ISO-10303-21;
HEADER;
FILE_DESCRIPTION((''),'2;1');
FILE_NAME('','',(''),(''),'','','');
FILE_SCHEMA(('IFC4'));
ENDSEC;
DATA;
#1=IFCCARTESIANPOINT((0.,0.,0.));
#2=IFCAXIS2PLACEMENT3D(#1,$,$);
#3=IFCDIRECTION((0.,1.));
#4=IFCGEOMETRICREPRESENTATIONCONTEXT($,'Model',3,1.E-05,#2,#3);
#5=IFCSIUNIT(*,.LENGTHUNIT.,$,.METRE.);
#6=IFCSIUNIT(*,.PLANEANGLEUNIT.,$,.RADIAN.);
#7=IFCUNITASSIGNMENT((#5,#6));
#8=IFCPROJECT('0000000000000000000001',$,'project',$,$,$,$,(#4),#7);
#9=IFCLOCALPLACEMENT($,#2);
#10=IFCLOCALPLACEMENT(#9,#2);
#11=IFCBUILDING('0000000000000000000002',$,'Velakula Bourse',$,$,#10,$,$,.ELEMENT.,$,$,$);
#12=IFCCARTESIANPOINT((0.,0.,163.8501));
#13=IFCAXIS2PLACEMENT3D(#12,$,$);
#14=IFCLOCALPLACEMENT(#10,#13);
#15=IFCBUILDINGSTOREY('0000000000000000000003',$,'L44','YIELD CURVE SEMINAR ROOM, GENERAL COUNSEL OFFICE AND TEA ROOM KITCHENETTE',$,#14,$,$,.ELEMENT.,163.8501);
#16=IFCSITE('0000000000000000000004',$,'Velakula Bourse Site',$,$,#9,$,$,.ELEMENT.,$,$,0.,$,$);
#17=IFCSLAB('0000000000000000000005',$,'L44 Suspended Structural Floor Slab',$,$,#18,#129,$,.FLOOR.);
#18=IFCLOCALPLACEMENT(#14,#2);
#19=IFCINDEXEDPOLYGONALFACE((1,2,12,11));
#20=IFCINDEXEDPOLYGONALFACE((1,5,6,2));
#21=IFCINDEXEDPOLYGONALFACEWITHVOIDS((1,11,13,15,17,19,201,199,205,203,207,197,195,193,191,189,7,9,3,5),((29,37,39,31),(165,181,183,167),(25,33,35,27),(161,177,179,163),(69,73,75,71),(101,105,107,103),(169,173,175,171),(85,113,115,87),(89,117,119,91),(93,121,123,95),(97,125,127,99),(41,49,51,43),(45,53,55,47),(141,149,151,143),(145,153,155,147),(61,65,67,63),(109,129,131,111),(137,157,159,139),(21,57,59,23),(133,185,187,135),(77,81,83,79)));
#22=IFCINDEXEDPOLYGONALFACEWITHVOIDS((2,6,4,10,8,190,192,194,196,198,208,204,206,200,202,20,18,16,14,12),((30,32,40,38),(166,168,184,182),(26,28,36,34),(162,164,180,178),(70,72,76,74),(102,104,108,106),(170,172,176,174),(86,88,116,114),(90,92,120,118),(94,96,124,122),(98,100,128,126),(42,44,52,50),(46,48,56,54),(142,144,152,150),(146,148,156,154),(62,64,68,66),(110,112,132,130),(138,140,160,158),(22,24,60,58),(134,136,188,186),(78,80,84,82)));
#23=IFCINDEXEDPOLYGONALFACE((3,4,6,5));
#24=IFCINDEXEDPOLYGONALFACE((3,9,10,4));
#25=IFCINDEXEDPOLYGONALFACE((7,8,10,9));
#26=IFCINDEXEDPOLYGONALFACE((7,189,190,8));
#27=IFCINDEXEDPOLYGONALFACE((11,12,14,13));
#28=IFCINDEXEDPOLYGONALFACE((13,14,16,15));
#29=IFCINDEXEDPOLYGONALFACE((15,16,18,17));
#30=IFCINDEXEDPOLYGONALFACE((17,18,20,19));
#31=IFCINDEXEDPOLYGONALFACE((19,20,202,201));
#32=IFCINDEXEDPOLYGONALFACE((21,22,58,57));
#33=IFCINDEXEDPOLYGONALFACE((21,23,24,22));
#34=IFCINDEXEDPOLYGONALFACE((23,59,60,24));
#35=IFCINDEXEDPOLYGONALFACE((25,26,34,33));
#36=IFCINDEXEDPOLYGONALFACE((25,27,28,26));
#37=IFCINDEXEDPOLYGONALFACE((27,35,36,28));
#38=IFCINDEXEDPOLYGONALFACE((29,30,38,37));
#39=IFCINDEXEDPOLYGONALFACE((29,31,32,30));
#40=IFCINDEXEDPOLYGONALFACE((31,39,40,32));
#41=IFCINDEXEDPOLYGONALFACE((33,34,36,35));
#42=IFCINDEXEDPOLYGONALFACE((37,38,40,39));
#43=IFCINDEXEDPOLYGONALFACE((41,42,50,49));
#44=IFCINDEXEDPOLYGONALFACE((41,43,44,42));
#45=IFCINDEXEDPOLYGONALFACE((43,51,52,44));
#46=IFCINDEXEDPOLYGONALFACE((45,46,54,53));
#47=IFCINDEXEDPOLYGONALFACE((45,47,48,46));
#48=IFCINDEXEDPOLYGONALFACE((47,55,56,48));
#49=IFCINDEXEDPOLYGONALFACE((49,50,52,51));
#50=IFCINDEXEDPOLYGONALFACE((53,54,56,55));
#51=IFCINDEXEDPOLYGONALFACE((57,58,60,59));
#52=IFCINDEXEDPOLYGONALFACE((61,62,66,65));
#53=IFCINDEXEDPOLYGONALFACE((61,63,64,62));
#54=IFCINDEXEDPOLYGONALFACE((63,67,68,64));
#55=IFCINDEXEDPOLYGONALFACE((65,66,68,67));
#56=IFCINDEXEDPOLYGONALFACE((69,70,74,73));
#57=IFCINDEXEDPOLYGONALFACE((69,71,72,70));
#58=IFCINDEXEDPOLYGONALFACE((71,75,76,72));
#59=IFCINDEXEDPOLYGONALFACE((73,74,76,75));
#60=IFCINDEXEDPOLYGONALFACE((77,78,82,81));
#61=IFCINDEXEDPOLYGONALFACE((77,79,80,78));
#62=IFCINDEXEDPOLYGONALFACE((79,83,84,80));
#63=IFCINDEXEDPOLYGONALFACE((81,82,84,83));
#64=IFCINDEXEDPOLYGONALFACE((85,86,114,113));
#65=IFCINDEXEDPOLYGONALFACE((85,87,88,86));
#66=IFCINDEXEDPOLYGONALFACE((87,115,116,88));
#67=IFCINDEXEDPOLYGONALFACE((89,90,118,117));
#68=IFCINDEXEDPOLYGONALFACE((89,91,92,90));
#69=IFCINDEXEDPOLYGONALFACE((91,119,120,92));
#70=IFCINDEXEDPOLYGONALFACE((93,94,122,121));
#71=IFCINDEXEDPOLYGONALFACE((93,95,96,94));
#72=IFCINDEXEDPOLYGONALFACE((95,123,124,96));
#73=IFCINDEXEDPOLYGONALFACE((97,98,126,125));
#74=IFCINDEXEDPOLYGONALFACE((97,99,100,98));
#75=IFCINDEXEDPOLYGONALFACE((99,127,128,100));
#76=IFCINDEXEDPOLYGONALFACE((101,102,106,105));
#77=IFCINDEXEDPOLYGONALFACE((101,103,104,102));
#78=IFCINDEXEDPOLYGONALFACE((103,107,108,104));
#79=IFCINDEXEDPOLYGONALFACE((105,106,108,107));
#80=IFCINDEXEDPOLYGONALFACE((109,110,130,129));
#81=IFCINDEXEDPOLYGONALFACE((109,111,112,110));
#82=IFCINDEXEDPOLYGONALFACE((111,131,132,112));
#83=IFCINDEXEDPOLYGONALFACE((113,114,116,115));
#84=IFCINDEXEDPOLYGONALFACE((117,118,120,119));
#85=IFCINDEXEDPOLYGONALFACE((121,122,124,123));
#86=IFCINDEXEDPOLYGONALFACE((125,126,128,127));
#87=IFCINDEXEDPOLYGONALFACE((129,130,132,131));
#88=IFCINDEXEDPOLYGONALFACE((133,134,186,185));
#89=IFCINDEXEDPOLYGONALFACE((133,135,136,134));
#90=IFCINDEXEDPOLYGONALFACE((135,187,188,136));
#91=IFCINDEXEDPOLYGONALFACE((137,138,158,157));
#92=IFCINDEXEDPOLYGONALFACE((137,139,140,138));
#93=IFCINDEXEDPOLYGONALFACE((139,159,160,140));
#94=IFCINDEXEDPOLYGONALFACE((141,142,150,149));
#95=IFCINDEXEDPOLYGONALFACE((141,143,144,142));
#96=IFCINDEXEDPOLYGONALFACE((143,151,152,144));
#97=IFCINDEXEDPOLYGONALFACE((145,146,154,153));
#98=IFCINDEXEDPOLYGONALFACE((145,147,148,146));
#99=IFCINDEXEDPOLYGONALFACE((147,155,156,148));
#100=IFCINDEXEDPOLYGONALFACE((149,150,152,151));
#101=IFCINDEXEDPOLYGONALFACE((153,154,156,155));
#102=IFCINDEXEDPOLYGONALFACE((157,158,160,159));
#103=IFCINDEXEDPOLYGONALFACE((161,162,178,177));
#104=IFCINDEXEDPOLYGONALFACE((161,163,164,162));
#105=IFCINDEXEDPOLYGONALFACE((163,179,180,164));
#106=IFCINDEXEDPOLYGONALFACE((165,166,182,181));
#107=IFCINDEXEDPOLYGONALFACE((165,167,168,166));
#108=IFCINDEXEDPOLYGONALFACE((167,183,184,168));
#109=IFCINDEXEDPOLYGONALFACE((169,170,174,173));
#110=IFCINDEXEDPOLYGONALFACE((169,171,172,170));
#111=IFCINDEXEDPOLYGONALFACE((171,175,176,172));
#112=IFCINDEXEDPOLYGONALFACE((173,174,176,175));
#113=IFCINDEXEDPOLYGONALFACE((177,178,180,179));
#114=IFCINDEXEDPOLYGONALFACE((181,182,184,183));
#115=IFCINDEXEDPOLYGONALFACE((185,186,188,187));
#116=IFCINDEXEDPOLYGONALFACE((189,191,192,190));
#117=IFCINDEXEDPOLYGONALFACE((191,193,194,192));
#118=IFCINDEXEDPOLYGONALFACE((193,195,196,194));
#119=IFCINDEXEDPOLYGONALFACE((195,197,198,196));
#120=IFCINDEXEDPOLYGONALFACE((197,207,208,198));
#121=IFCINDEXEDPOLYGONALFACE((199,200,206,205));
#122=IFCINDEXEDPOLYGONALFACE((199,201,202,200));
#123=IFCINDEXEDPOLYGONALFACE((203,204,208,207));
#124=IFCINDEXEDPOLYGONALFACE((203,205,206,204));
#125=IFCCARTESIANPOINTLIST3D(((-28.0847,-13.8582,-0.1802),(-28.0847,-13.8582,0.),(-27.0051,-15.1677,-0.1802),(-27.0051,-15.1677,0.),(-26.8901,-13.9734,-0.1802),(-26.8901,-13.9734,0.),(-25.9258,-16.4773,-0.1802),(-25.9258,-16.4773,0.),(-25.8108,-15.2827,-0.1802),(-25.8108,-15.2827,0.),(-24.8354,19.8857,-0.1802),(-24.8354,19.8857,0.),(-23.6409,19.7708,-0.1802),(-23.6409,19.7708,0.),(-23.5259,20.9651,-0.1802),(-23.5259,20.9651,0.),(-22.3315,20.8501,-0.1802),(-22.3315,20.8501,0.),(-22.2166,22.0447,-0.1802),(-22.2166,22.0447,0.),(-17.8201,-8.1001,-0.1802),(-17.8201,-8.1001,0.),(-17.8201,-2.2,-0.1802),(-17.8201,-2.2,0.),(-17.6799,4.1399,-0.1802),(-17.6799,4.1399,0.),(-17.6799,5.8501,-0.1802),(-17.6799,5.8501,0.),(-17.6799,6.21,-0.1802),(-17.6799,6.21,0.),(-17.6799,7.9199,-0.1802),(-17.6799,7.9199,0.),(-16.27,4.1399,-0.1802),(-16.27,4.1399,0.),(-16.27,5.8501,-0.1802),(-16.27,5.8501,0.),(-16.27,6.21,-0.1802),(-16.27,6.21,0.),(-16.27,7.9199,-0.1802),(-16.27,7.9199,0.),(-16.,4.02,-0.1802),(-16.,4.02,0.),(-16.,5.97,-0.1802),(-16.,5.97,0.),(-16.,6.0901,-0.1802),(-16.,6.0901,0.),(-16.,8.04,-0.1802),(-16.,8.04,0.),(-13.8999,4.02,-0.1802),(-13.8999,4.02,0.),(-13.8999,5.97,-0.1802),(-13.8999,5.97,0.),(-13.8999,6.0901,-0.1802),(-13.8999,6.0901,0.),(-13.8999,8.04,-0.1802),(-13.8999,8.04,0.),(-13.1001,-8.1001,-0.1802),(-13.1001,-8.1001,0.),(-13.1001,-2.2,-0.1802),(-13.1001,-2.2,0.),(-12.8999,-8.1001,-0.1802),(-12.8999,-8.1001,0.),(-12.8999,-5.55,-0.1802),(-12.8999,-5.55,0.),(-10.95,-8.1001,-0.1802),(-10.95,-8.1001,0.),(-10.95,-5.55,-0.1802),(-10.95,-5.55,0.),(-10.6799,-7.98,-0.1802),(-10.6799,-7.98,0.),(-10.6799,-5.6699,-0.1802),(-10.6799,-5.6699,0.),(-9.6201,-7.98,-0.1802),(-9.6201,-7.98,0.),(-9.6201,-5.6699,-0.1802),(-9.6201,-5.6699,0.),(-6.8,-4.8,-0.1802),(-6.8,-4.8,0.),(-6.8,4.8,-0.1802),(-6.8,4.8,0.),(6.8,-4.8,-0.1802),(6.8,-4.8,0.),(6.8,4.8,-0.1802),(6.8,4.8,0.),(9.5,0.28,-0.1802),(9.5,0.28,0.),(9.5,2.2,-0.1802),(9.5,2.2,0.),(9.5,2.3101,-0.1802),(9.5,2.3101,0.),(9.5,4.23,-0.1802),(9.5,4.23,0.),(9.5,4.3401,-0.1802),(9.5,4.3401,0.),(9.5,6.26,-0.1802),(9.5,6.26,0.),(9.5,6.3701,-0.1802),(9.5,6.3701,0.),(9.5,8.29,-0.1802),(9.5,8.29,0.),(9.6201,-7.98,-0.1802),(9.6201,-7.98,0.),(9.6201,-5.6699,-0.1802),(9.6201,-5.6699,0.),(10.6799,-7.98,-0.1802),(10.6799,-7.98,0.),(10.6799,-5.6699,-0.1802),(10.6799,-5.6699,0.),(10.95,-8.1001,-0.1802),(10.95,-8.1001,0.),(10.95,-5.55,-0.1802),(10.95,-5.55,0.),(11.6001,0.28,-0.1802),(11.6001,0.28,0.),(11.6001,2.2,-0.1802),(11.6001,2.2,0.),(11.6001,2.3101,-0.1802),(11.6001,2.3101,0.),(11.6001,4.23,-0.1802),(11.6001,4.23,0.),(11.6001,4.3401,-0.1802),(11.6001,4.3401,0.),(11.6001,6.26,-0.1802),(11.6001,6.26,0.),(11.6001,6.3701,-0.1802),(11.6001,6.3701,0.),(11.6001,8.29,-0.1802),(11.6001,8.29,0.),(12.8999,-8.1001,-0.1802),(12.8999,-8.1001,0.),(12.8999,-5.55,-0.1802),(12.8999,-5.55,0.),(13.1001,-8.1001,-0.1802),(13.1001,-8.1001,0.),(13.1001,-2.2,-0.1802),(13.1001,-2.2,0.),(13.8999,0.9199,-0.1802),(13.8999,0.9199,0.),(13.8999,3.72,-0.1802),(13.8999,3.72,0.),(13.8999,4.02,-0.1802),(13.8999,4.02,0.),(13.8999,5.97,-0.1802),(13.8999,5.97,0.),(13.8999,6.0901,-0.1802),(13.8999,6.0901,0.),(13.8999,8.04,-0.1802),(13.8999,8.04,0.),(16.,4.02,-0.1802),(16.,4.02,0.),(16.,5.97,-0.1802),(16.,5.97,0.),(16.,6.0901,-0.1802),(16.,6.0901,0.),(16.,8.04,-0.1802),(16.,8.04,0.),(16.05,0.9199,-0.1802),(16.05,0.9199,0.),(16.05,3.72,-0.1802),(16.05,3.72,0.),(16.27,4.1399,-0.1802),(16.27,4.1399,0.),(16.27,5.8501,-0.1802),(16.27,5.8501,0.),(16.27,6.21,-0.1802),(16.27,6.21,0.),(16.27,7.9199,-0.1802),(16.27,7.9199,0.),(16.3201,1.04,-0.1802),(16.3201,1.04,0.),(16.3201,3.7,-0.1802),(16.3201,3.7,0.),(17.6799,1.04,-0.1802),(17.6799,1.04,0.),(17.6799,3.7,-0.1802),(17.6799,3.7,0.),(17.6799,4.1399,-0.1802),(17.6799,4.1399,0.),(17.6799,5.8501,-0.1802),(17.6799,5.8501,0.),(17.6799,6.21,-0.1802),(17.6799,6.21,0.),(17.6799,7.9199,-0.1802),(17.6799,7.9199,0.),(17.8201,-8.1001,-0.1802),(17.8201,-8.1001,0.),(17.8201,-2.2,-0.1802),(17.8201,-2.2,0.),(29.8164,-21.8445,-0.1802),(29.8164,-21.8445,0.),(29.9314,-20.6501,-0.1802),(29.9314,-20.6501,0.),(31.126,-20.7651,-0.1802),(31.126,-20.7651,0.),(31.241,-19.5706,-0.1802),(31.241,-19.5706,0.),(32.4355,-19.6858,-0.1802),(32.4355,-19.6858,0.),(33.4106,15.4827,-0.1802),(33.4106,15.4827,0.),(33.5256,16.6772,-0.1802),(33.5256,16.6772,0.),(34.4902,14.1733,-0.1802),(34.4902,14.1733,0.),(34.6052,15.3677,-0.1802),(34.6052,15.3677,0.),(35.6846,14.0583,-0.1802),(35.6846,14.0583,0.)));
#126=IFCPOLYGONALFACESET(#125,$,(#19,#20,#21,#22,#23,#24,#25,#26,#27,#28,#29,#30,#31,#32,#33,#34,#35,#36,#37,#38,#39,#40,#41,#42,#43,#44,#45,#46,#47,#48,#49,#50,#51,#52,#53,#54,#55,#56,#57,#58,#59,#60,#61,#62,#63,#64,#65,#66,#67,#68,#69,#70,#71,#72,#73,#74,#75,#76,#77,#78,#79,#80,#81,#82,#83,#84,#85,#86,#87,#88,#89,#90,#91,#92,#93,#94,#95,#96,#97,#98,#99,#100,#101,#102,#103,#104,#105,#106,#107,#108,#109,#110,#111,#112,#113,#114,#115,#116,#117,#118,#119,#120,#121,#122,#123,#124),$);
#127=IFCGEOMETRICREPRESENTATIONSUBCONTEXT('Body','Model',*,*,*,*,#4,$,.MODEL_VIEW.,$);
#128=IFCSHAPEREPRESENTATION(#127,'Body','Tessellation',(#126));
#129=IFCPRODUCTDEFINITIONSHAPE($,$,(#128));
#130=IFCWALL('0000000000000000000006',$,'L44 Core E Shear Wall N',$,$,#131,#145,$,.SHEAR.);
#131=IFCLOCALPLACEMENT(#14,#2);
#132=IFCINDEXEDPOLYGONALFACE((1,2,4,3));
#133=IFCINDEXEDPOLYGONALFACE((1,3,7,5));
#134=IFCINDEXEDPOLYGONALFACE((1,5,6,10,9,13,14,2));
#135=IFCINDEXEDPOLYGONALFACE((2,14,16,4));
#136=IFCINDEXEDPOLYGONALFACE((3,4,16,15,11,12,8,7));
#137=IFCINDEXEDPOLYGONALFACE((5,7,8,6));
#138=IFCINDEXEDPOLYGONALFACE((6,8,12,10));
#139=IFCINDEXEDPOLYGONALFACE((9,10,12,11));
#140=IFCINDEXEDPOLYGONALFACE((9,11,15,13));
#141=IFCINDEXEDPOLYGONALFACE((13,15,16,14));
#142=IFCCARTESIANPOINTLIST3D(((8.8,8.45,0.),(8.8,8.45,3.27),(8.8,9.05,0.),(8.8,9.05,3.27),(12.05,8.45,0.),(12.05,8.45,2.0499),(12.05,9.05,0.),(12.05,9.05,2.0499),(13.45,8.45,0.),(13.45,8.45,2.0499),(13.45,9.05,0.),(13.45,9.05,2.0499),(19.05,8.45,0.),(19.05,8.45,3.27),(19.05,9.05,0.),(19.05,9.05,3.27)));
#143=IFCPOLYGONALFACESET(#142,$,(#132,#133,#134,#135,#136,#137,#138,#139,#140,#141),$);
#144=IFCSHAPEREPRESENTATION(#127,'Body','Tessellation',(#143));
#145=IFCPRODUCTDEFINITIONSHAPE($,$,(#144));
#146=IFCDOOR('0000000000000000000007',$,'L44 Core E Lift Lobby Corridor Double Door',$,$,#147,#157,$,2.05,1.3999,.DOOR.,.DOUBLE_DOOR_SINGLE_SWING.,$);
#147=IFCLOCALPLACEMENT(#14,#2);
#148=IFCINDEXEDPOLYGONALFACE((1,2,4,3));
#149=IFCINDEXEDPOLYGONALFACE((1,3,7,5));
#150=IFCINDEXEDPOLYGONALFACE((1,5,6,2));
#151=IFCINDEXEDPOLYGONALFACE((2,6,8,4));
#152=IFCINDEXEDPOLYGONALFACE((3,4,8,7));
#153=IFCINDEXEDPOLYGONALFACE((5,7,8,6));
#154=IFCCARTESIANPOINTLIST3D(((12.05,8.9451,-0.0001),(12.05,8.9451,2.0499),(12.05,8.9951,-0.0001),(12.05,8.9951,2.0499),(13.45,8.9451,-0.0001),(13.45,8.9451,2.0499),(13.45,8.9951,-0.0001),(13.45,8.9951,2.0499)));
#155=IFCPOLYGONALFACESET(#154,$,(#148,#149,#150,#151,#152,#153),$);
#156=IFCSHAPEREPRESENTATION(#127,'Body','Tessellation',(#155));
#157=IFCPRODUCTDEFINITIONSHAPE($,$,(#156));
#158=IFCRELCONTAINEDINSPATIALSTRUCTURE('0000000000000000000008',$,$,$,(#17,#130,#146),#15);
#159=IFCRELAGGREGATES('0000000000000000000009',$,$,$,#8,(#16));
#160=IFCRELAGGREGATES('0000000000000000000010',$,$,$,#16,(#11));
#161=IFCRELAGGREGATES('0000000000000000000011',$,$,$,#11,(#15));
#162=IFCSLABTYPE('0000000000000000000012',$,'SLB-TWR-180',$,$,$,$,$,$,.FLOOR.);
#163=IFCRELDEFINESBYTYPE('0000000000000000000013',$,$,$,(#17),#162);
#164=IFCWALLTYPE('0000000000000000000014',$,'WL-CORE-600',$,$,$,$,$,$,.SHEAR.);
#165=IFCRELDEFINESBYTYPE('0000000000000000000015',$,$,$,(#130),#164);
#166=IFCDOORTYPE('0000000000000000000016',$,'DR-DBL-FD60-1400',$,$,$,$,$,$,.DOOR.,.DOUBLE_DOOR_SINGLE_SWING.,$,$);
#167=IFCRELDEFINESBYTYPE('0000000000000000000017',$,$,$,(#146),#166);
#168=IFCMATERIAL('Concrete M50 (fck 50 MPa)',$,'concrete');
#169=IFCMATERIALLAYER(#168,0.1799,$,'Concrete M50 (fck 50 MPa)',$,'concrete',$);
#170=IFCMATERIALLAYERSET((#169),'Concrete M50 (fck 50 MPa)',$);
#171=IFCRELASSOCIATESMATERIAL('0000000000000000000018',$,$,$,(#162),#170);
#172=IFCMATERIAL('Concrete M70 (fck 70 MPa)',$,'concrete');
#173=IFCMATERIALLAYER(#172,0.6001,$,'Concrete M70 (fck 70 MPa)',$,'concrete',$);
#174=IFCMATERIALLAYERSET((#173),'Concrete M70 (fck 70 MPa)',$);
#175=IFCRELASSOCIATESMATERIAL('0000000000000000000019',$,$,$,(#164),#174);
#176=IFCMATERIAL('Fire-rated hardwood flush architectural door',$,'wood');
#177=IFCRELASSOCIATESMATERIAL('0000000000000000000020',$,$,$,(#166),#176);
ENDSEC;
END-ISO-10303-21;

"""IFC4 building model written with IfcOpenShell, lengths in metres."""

from ifc_helpers import new_model, si_unit, direction, frame, frame_2d, origin, place, context, subcontext, project, spatial, polyline, rectangle, outline, extrude, material, layer, layer_set, type_object, element, fill, save


model = new_model("IFC4")

# Units and contexts
model_context = context("Model", 3, precision=1e-05, world=origin(), true_north=direction((0.0, 1.0)))
body_context = subcontext(model_context, "Body", "Model", "MODEL_VIEW")
ifc_project = project(units=[si_unit("LENGTHUNIT", "METRE"), si_unit("PLANEANGLEUNIT", "RADIAN")], contexts=[model_context])

# Site, building, storey
site_placement = place(None, origin())
site = spatial("IfcSite", under=ifc_project, at=site_placement, Name="Velakula Bourse Site", CompositionType="ELEMENT", RefElevation=0.0)
building_placement = place(site_placement, origin())
building = spatial("IfcBuilding", under=site, at=building_placement, Name="Velakula Bourse", CompositionType="ELEMENT")
storey_placement = place(building_placement, frame((0.0, 0.0, 163.8501)))
storey = spatial("IfcBuildingStorey", under=building, at=storey_placement, Name="L44", Description="YIELD CURVE SEMINAR ROOM, GENERAL COUNSEL OFFICE AND TEA ROOM KITCHENETTE", CompositionType="ELEMENT", Elevation=163.8501)

# Shared definitions
ifc_material_1 = material(Name="Concrete M70 (fck 70 MPa)", Category="concrete")

# Slab
ifc_material_2 = material(Name="Concrete M50 (fck 50 MPa)", Category="concrete")
ifc_layer_1 = layer(ifc_material_2, 0.1799, Name="Concrete M50 (fck 50 MPa)", Category="concrete")
ifc_layer_set_1 = layer_set([ifc_layer_1], Name="Concrete M50 (fck 50 MPa)")
slab_type_1 = type_object("IfcSlabType", Name="SLB-TWR-180", PredefinedType="FLOOR", material=ifc_layer_set_1)
slab_1_placement = place(storey_placement, frame((0.0, 0.0, -0.1802)))
element("IfcSlab", 1, at=slab_1_placement, inside=storey, type_object=slab_type_1, Name="L44 Suspended Structural Floor Slab", PredefinedType="FLOOR", context=body_context, shape_type="SweptSolid", body=[
    extrude(outline(polyline([(-25.9258, -16.4773), (29.8164, -21.8445), (29.9314, -20.6501), (31.126, -20.7651), (31.241, -19.5706), (32.4355, -19.6858), (35.6846, 14.0583), (34.4902, 14.1733), (34.6052, 15.3677), (33.4106, 15.4827), (33.5256, 16.6772), (-22.2166, 22.0447), (-22.3315, 20.8501), (-23.5259, 20.9651), (-23.6409, 19.7708), (-24.8354, 19.8857), (-28.0847, -13.8582), (-26.8901, -13.9734), (-27.0051, -15.1677), (-25.8108, -15.2827), (-25.9258, -16.4773)]), holes=[polyline([(-17.8201, -8.1001), (-13.1001, -8.1001), (-13.1001, -2.2), (-17.8201, -2.2), (-17.8201, -8.1001)]), polyline([(13.1001, -8.1001), (17.8201, -8.1001), (17.8201, -2.2), (13.1001, -2.2), (13.1001, -8.1001)]), polyline([(-12.8999, -8.1001), (-10.95, -8.1001), (-10.95, -5.55), (-12.8999, -5.55), (-12.8999, -8.1001)]), polyline([(10.95, -8.1001), (12.8999, -8.1001), (12.8999, -5.55), (10.95, -5.55), (10.95, -8.1001)]), polyline([(13.8999, 0.9199), (16.05, 0.9199), (16.05, 3.72), (13.8999, 3.72), (13.8999, 0.9199)]), polyline([(-10.6799, -7.98), (-9.6201, -7.98), (-9.6201, -5.6699), (-10.6799, -5.6699), (-10.6799, -7.98)]), polyline([(-17.6799, 4.1399), (-16.27, 4.1399), (-16.27, 5.8501), (-17.6799, 5.8501), (-17.6799, 4.1399)]), polyline([(-17.6799, 6.21), (-16.27, 6.21), (-16.27, 7.9199), (-17.6799, 7.9199), (-17.6799, 6.21)]), polyline([(9.6201, -7.98), (10.6799, -7.98), (10.6799, -5.6699), (9.6201, -5.6699), (9.6201, -7.98)]), polyline([(16.27, 4.1399), (17.6799, 4.1399), (17.6799, 5.8501), (16.27, 5.8501), (16.27, 4.1399)]), polyline([(16.27, 6.21), (17.6799, 6.21), (17.6799, 7.9199), (16.27, 7.9199), (16.27, 6.21)]), polyline([(16.3201, 1.04), (17.6799, 1.04), (17.6799, 3.7), (16.3201, 3.7), (16.3201, 1.04)]), polyline([(9.5, 0.28), (11.6001, 0.28), (11.6001, 2.2), (9.5, 2.2), (9.5, 0.28)]), polyline([(9.5, 2.3101), (11.6001, 2.3101), (11.6001, 4.23), (9.5, 4.23), (9.5, 2.3101)]), polyline([(9.5, 4.3401), (11.6001, 4.3401), (11.6001, 6.26), (9.5, 6.26), (9.5, 4.3401)]), polyline([(9.5, 6.3701), (11.6001, 6.3701), (11.6001, 8.29), (9.5, 8.29), (9.5, 6.3701)]), polyline([(-16.0, 4.02), (-13.8999, 4.02), (-13.8999, 5.97), (-16.0, 5.97), (-16.0, 4.02)]), polyline([(-16.0, 6.0901), (-13.8999, 6.0901), (-13.8999, 8.04), (-16.0, 8.04), (-16.0, 6.0901)]), polyline([(13.8999, 4.02), (16.0, 4.02), (16.0, 5.97), (13.8999, 5.97), (13.8999, 4.02)]), polyline([(13.8999, 6.0901), (16.0, 6.0901), (16.0, 8.04), (13.8999, 8.04), (13.8999, 6.0901)]), polyline([(-6.8, -4.8), (6.8, -4.8), (6.8, 4.8), (-6.8, 4.8), (-6.8, -4.8)])]), origin(), (0.0, 0.0, 1.0), 0.1802),
])

# Wall, opening, door
ifc_layer_2 = layer(ifc_material_1, 0.6001, Name="Concrete M70 (fck 70 MPa)", Category="concrete")
ifc_layer_set_2 = layer_set([ifc_layer_2], Name="Concrete M70 (fck 70 MPa)")
wall_type_1 = type_object("IfcWallType", Name="WL-CORE-600", PredefinedType="SHEAR", material=ifc_layer_set_2)
wall_1_placement = place(storey_placement, frame((8.8, 8.75, 0.0), z_axis=(0.0, 0.0, 1.0), x_axis=(1.0, 0.0, 0.0)))
wall_1 = element("IfcWall", 2, at=wall_1_placement, inside=storey, type_object=wall_type_1, Name="L44 Core E Shear Wall N", PredefinedType="SHEAR", context=body_context, shape_type="SweptSolid", body=[
    extrude(rectangle(XDim=10.25, YDim=0.6001, at=frame_2d((5.125, 0.0))), origin(), (0.0, 0.0, 1.0), 3.27),
])
opening_1_placement = place(wall_1_placement, frame((3.25, 0.0, 0.0)))
opening_1 = element("IfcOpeningElement", 3, at=opening_1_placement, cuts=wall_1, PredefinedType="OPENING", context=body_context, shape_type="SweptSolid", body=[
    extrude(rectangle(XDim=1.3999, YDim=2.05, at=frame_2d((0.7, 1.0249))), frame((0.0, 0.3101, 0.0), z_axis=(0.0, -1.0, 0.0), x_axis=(1.0, 0.0, 0.0)), (0.0, 0.0, 1.0), 0.6201),
])
ifc_material_3 = material(Name="Fire-rated hardwood flush architectural door", Category="wood")
door_type = type_object("IfcDoorType", Name="DR-DBL-FD60-1400", OperationType="DOUBLE_DOOR_SINGLE_SWING", PredefinedType="DOOR", material=ifc_material_3)
door_placement = place(opening_1_placement, origin())
door = element("IfcDoor", 4, at=door_placement, inside=storey, type_object=door_type, Name="L44 Core E Lift Lobby Corridor Double Door", OperationType="DOUBLE_DOOR_SINGLE_SWING", OverallHeight=2.05, OverallWidth=1.3999, PredefinedType="DOOR", context=body_context, shape_type="SweptSolid", body=[
    extrude(rectangle(XDim=1.3999, YDim=2.05, at=frame_2d((0.7, 1.0249))), frame((0.0, 0.2451, 0.0), z_axis=(0.0, -1.0, 0.0), x_axis=(1.0, 0.0, 0.0)), (0.0, 0.0, 1.0), 0.05),
])
fill(opening_1, door)

save(model, "model.ifc")
